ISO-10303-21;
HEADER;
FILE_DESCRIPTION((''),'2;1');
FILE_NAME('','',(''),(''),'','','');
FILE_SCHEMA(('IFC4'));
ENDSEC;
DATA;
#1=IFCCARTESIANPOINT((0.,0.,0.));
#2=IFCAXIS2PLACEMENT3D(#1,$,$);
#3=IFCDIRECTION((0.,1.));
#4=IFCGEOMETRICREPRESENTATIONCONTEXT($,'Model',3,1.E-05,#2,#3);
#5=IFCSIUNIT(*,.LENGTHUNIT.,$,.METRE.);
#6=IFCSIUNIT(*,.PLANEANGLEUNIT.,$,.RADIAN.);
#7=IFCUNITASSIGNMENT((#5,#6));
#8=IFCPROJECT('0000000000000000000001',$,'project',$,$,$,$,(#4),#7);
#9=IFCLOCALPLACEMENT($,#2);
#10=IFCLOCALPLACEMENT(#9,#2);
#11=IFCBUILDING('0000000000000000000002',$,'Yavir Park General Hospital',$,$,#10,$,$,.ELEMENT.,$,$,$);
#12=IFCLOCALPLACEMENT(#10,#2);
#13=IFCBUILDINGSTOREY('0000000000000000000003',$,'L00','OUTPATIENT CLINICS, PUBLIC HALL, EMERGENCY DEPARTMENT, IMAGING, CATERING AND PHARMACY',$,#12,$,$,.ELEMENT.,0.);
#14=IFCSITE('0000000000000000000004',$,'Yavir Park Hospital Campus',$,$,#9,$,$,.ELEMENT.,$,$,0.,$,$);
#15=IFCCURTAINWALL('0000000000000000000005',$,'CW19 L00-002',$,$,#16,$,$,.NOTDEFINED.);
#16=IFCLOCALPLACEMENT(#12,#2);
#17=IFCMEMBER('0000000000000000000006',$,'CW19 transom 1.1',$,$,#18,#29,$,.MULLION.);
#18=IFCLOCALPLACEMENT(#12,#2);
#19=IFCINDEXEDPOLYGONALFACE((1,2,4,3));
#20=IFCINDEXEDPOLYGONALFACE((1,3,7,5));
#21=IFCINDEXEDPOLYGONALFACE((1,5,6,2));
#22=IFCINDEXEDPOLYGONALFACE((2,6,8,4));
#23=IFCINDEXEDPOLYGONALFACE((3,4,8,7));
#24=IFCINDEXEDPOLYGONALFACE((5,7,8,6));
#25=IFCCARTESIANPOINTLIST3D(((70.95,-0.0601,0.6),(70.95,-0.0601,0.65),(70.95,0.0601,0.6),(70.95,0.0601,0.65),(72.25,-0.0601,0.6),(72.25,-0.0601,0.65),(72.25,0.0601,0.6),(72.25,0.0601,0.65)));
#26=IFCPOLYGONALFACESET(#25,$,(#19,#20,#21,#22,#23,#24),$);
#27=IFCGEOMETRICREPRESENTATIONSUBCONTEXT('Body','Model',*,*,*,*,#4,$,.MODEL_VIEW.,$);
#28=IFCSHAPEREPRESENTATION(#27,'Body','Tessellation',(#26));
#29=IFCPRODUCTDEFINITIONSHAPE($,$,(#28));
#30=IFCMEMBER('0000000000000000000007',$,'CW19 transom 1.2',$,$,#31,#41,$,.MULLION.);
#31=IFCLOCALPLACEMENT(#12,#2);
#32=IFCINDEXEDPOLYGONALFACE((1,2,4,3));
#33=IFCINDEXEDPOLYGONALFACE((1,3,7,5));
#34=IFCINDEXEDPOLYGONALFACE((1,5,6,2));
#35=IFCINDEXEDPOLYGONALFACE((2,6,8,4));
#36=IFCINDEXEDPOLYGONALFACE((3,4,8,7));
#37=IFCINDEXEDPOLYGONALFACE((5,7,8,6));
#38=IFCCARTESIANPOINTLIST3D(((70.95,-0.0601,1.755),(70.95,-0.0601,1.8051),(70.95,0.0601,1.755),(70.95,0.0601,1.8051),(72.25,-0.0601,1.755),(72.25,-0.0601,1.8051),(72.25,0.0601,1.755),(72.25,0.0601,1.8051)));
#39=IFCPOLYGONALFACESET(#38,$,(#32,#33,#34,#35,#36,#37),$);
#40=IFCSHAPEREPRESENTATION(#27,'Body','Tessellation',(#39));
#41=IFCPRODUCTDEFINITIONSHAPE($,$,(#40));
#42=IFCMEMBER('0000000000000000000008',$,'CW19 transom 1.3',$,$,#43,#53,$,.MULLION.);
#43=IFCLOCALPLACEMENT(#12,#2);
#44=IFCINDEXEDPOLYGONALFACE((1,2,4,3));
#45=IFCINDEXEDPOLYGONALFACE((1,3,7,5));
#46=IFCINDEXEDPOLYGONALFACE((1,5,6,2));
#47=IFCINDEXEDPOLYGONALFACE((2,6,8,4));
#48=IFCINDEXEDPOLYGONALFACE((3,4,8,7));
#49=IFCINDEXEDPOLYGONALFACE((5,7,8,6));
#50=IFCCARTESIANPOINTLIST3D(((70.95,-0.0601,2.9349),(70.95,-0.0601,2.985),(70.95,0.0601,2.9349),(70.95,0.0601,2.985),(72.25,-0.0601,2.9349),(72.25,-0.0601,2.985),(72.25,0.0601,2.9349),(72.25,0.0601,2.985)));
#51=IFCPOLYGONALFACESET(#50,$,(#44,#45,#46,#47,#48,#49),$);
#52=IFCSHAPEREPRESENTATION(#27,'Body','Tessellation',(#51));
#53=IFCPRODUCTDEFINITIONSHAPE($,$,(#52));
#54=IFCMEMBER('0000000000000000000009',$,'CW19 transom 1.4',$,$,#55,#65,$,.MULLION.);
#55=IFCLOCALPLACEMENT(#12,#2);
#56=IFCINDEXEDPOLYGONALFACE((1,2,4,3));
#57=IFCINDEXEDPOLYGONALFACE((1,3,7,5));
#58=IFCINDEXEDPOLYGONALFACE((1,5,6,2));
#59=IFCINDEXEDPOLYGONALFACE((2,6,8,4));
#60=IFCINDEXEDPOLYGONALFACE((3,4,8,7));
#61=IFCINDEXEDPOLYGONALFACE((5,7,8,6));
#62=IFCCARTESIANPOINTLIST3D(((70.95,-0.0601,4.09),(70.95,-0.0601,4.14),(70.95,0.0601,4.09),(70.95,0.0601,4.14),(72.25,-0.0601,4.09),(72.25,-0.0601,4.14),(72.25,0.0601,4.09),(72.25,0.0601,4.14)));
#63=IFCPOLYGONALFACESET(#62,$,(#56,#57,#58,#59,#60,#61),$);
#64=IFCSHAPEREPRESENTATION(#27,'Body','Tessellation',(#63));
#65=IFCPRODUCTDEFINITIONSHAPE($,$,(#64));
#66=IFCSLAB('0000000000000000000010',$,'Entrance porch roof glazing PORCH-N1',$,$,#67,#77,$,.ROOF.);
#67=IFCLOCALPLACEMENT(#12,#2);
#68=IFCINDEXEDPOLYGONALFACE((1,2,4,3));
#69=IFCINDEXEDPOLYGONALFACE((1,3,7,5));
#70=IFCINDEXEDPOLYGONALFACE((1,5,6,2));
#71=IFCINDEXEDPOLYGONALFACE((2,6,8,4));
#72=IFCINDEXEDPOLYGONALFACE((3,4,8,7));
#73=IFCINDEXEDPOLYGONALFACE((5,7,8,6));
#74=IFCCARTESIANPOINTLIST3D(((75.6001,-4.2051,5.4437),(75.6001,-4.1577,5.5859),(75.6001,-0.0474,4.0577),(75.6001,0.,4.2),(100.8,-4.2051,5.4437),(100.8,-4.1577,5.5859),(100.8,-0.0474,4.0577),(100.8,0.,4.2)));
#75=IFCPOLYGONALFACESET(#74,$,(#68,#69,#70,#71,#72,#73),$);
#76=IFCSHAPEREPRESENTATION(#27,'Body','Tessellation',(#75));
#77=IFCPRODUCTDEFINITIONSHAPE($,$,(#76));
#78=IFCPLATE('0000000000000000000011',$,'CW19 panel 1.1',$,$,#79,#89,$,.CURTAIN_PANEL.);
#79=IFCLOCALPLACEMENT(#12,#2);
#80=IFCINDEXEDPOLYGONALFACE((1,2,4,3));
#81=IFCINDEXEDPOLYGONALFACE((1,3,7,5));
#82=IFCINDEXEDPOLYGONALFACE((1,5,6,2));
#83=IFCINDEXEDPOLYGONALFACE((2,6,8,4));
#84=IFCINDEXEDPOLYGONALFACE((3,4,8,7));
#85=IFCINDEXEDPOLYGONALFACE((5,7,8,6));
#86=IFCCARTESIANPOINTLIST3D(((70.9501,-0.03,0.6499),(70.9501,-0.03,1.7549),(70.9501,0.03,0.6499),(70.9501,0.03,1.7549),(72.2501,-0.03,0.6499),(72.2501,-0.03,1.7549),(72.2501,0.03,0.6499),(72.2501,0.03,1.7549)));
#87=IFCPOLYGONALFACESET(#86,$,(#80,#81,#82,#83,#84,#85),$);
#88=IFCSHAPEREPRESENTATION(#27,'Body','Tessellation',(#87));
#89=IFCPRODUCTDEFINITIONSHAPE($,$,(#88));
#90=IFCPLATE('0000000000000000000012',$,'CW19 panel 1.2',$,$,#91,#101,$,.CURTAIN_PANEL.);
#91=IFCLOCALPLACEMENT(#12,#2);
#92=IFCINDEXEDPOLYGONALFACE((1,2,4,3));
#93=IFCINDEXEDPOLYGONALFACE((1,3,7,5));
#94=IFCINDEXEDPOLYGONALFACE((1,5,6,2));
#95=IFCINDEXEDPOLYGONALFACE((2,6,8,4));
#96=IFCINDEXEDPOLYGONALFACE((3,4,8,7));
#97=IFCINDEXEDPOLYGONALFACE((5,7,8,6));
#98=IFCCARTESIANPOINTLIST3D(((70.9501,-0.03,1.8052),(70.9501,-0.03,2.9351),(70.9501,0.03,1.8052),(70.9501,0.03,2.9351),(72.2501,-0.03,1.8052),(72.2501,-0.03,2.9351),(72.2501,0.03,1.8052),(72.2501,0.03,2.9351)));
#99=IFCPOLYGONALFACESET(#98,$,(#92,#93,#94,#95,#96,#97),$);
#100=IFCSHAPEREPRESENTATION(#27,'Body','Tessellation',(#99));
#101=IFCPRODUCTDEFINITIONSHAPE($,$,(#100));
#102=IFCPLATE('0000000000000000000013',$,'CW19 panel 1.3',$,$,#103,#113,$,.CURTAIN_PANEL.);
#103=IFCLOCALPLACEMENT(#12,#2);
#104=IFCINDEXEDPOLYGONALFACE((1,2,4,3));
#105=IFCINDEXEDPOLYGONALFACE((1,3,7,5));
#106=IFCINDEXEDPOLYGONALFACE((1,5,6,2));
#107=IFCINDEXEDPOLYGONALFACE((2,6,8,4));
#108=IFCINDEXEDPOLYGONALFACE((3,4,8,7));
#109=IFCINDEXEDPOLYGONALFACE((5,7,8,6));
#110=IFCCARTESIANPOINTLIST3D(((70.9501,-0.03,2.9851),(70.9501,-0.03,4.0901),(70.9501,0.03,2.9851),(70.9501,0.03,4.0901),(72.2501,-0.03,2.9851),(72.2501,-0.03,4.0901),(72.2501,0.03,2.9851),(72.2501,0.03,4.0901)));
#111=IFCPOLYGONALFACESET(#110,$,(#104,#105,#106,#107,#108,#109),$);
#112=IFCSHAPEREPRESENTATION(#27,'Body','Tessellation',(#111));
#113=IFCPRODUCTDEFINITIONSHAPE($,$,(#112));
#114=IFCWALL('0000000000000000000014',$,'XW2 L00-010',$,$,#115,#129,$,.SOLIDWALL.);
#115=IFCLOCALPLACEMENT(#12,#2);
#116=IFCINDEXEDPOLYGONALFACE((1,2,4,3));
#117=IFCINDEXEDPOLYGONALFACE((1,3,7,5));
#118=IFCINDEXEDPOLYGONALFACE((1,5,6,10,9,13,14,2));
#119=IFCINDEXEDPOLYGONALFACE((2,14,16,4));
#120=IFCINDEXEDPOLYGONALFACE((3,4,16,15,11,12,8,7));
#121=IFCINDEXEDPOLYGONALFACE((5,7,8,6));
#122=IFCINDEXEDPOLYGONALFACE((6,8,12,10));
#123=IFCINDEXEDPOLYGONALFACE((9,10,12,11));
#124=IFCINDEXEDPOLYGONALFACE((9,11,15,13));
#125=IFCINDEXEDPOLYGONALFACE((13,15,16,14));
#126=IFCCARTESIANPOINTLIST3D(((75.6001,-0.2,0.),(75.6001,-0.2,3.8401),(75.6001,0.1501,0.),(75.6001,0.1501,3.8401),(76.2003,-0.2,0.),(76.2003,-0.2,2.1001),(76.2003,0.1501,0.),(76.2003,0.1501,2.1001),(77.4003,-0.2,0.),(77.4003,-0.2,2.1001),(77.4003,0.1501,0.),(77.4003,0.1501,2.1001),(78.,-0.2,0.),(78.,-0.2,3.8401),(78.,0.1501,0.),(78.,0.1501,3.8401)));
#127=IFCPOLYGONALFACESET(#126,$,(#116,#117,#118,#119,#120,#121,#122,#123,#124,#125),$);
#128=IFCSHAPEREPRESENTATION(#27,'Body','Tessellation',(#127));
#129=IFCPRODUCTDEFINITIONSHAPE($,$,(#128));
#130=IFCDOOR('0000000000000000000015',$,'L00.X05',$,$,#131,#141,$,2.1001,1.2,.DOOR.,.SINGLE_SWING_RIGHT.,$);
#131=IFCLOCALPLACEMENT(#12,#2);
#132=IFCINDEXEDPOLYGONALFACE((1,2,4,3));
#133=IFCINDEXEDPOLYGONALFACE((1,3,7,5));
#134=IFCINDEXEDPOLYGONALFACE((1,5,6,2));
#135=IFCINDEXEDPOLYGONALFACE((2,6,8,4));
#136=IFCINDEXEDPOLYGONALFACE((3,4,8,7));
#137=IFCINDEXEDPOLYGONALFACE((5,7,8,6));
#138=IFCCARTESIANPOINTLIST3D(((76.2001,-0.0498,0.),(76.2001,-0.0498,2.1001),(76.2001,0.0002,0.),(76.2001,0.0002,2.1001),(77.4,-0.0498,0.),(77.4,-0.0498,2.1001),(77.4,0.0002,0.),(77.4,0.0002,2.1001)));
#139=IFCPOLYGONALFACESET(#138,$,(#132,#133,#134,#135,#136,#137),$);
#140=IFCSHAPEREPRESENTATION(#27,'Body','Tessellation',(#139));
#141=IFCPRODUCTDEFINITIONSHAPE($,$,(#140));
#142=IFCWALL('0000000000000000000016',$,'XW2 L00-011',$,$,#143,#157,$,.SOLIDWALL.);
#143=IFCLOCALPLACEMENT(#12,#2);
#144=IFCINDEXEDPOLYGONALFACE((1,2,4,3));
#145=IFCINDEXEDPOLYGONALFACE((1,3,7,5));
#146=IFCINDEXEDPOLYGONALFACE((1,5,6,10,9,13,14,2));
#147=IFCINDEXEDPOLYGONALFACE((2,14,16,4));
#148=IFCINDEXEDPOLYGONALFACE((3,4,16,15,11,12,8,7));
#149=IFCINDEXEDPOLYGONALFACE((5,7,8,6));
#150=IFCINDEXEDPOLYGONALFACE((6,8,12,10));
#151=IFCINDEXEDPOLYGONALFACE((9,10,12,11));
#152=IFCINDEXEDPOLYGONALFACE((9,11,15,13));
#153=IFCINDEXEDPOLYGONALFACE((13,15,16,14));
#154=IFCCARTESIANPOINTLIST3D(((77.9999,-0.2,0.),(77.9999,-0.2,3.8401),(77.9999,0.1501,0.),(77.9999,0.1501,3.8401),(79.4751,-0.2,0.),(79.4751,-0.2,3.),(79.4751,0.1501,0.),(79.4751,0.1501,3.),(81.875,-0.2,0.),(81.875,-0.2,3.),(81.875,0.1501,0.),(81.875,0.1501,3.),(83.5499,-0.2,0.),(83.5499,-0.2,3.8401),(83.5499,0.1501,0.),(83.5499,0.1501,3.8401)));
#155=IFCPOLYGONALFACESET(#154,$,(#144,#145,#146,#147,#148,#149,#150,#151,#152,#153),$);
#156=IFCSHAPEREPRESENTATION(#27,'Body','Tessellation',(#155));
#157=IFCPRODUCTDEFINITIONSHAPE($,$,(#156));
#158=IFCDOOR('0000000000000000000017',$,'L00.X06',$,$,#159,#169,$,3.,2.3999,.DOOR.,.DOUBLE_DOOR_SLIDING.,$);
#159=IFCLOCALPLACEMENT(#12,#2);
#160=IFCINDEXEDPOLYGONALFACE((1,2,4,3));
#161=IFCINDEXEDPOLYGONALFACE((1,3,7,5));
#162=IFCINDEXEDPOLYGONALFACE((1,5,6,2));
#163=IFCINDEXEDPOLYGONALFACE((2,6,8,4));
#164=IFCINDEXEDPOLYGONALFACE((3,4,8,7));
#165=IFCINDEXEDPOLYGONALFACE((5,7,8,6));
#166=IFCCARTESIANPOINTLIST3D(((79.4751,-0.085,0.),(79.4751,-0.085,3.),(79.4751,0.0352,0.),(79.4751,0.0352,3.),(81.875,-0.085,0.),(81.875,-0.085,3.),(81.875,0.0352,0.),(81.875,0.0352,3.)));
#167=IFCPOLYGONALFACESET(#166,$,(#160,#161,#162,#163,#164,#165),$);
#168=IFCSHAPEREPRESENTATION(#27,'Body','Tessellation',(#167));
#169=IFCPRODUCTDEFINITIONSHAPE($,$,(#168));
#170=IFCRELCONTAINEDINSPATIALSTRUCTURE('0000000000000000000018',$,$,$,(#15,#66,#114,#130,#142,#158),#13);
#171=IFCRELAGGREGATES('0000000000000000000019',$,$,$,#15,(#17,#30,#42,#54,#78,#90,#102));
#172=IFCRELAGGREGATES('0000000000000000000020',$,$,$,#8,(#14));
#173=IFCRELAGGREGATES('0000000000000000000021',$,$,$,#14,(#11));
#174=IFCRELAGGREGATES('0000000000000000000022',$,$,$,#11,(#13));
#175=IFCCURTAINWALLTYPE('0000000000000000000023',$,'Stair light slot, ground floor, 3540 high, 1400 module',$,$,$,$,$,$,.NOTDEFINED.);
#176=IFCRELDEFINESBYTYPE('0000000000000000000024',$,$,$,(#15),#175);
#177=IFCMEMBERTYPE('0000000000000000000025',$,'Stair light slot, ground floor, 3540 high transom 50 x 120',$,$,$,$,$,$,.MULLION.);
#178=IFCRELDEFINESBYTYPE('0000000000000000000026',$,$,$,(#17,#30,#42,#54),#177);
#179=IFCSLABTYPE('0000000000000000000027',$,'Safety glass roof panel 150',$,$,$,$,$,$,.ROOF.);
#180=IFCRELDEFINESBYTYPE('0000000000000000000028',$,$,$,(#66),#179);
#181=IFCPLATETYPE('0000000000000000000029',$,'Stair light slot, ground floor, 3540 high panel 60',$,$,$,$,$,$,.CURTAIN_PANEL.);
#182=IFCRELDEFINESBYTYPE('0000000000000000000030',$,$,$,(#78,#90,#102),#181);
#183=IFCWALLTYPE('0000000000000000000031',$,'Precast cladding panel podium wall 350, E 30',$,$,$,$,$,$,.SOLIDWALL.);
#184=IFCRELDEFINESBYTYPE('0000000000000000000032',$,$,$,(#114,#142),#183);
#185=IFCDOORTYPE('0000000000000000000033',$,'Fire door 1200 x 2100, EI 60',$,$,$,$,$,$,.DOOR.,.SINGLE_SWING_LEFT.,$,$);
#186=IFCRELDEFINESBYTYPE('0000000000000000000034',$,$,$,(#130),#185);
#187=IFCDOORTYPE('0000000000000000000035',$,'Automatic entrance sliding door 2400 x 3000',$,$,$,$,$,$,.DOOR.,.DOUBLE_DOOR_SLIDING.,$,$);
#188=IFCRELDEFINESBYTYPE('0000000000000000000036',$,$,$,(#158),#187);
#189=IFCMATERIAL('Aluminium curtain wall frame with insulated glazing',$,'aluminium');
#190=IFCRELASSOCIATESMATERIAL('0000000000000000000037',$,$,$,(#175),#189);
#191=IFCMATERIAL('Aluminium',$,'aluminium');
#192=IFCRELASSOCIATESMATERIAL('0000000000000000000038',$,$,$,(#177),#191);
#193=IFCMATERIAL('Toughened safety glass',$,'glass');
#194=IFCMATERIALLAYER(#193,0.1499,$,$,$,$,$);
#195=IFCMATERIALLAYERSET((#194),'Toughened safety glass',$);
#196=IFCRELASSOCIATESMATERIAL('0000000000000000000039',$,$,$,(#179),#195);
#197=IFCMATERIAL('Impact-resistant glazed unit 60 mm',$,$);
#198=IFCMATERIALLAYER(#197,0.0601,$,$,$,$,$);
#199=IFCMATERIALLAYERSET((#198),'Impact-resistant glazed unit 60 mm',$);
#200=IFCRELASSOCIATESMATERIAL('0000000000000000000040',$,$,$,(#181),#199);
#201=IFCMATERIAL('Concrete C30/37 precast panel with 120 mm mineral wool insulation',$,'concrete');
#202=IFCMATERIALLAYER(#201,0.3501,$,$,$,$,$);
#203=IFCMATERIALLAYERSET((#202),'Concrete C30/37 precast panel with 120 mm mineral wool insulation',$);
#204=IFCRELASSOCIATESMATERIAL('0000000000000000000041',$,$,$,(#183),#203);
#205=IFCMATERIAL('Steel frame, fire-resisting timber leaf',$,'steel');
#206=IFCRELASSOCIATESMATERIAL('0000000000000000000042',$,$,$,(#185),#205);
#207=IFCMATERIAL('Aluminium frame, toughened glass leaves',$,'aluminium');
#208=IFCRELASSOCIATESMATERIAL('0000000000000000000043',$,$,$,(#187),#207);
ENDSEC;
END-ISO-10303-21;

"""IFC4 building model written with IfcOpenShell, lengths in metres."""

from ifc_helpers import new_model, si_unit, direction, frame, frame_2d, origin, origin_2d, place, context, subcontext, project, spatial, polyline, rectangle, outline, extrude, material, layer, layer_set, material_profile, profile_set, type_object, element, fill, aggregate, save


model = new_model("IFC4")

# Units and contexts
model_context = context("Model", 3, precision=1e-05, world=origin(), true_north=direction((0.0, 1.0)))
body_context = subcontext(model_context, "Body", "Model", "MODEL_VIEW")
ifc_project = project(units=[si_unit("LENGTHUNIT", "METRE"), si_unit("PLANEANGLEUNIT", "RADIAN")], contexts=[model_context])

# Site, building, storey
site_placement = place(None, origin())
site = spatial("IfcSite", under=ifc_project, at=site_placement, Name="Yavir Park Hospital Campus", CompositionType="ELEMENT", RefElevation=0.0)
building_placement = place(site_placement, origin())
building = spatial("IfcBuilding", under=site, at=building_placement, Name="Yavir Park General Hospital", CompositionType="ELEMENT")
storey_placement = place(building_placement, origin())
storey = spatial("IfcBuildingStorey", under=building, at=storey_placement, Name="L00", Description="OUTPATIENT CLINICS, PUBLIC HALL, EMERGENCY DEPARTMENT, IMAGING, CATERING AND PHARMACY", CompositionType="ELEMENT", Elevation=0.0)

# Curtain wall, members
ifc_material_1 = material(Name="Aluminium curtain wall frame with insulated glazing", Category="aluminium")
curtain_wall_type = type_object("IfcCurtainWallType", Name="Stair light slot, ground floor, 3540 high, 1400 module", PredefinedType="NOTDEFINED", material=ifc_material_1)
curtain_wall_placement = place(storey_placement, origin())
curtain_wall = element("IfcCurtainWall", 1, at=curtain_wall_placement, inside=storey, type_object=curtain_wall_type, Name="CW19 L00-002", PredefinedType="NOTDEFINED")
ifc_material_2 = material(Name="Aluminium", Category="aluminium")
ifc_material_profile_1 = material_profile(ifc_material_2, rectangle(XDim=0.1201, YDim=0.05, at=origin_2d()), Name="AL 120x50")
ifc_profile_set_1 = profile_set([ifc_material_profile_1], Name="Aluminium")
member_type_1 = type_object("IfcMemberType", Name="Stair light slot, ground floor, 3540 high transom 50 x 120", PredefinedType="MULLION", material=ifc_profile_set_1)
member_1_placement = place(storey_placement, frame((70.95, 0.0, 0.625), z_axis=(1.0, 0.0, 0.0), x_axis=(0.0, 1.0, 0.0)))
member_1 = element("IfcMember", 2, at=member_1_placement, type_object=member_type_1, Name="CW19 transom 1.1", PredefinedType="MULLION", context=body_context, shape_type="SweptSolid", body=[
    extrude(rectangle(XDim=0.1201, YDim=0.05, at=origin_2d()), origin(), (0.0, 0.0, 1.0), 1.3),
])
member_2_placement = place(storey_placement, frame((70.95, 0.0, 1.78), z_axis=(1.0, 0.0, 0.0), x_axis=(0.0, 1.0, 0.0)))
member_2 = element("IfcMember", 3, at=member_2_placement, type_object=member_type_1, Name="CW19 transom 1.2", PredefinedType="MULLION", context=body_context, shape_type="SweptSolid", body=[
    extrude(rectangle(XDim=0.1201, YDim=0.05, at=origin_2d()), origin(), (0.0, 0.0, 1.0), 1.3),
])
member_3_placement = place(storey_placement, frame((70.95, 0.0, 2.96), z_axis=(1.0, 0.0, 0.0), x_axis=(0.0, 1.0, 0.0)))
member_3 = element("IfcMember", 4, at=member_3_placement, type_object=member_type_1, Name="CW19 transom 1.3", PredefinedType="MULLION", context=body_context, shape_type="SweptSolid", body=[
    extrude(rectangle(XDim=0.1201, YDim=0.05, at=origin_2d()), origin(), (0.0, 0.0, 1.0), 1.3),
])
member_4_placement = place(storey_placement, frame((70.95, 0.0, 4.115), z_axis=(1.0, 0.0, 0.0), x_axis=(0.0, 1.0, 0.0)))
member_4 = element("IfcMember", 5, at=member_4_placement, type_object=member_type_1, Name="CW19 transom 1.4", PredefinedType="MULLION", context=body_context, shape_type="SweptSolid", body=[
    extrude(rectangle(XDim=0.1201, YDim=0.05, at=origin_2d()), origin(), (0.0, 0.0, 1.0), 1.3),
])

# Slab
ifc_material_3 = material(Name="Toughened safety glass", Category="glass")
ifc_layer_1 = layer(ifc_material_3, 0.1499)
ifc_layer_set_1 = layer_set([ifc_layer_1], Name="Toughened safety glass")
slab_type = type_object("IfcSlabType", Name="Safety glass roof panel 150", PredefinedType="ROOF", material=ifc_layer_set_1)
slab_placement = place(storey_placement, frame((75.6001, -4.1577, 5.5859), z_axis=(0.0, 0.316244, 0.948678), x_axis=(1.0, 0.0, 0.0)))
element("IfcSlab", 6, at=slab_placement, inside=storey, type_object=slab_type, Name="Entrance porch roof glazing PORCH-N1", PredefinedType="ROOF", context=body_context, shape_type="SweptSolid", body=[
    extrude(outline(polyline([(0.0, 0.0), (25.2, 0.0), (25.2, 4.3826), (0.0, 4.3826), (0.0, 0.0)])), origin(), (0.0, 0.0, -1.0), 0.1499),
])

# Plates
ifc_material_4 = material(Name="Impact-resistant glazed unit 60 mm")
ifc_layer_2 = layer(ifc_material_4, 0.0601)
ifc_layer_set_2 = layer_set([ifc_layer_2], Name="Impact-resistant glazed unit 60 mm")
plate_type = type_object("IfcPlateType", Name="Stair light slot, ground floor, 3540 high panel 60", PredefinedType="CURTAIN_PANEL", material=ifc_layer_set_2)
plate_1_placement = place(storey_placement, frame((71.6001, 0.0, 0.6499), z_axis=(0.0, 0.0, 1.0), x_axis=(1.0, 0.0, 0.0)))
plate_1 = element("IfcPlate", 7, at=plate_1_placement, type_object=plate_type, Name="CW19 panel 1.1", PredefinedType="CURTAIN_PANEL", context=body_context, shape_type="SweptSolid", body=[
    extrude(rectangle(XDim=1.3, YDim=0.0601, at=origin_2d()), origin(), (0.0, 0.0, 1.0), 1.105),
])
plate_2_placement = place(storey_placement, frame((71.6001, 0.0, 1.8052), z_axis=(0.0, 0.0, 1.0), x_axis=(1.0, 0.0, 0.0)))
plate_2 = element("IfcPlate", 8, at=plate_2_placement, type_object=plate_type, Name="CW19 panel 1.2", PredefinedType="CURTAIN_PANEL", context=body_context, shape_type="SweptSolid", body=[
    extrude(rectangle(XDim=1.3, YDim=0.0601, at=origin_2d()), origin(), (0.0, 0.0, 1.0), 1.1299),
])
plate_3_placement = place(storey_placement, frame((71.6001, 0.0, 2.9851), z_axis=(0.0, 0.0, 1.0), x_axis=(1.0, 0.0, 0.0)))
plate_3 = element("IfcPlate", 9, at=plate_3_placement, type_object=plate_type, Name="CW19 panel 1.3", PredefinedType="CURTAIN_PANEL", context=body_context, shape_type="SweptSolid", body=[
    extrude(rectangle(XDim=1.3, YDim=0.0601, at=origin_2d()), origin(), (0.0, 0.0, 1.0), 1.105),
])
aggregate(curtain_wall, [member_1, member_2, member_3, member_4, plate_1, plate_2, plate_3])

# Walls, openings, doors
ifc_material_5 = material(Name="Concrete C30/37 precast panel with 120 mm mineral wool insulation", Category="concrete")
ifc_layer_3 = layer(ifc_material_5, 0.3501)
ifc_layer_set_3 = layer_set([ifc_layer_3], Name="Concrete C30/37 precast panel with 120 mm mineral wool insulation")
wall_type_1 = type_object("IfcWallType", Name="Precast cladding panel podium wall 350, E 30", PredefinedType="SOLIDWALL", material=ifc_layer_set_3)
wall_1_placement = place(storey_placement, frame((75.6001, -0.0249, 0.0), z_axis=(0.0, 0.0, 1.0), x_axis=(1.0, 0.0, 0.0)))
wall_1 = element("IfcWall", 10, at=wall_1_placement, inside=storey, type_object=wall_type_1, Name="XW2 L00-010", PredefinedType="SOLIDWALL", context=body_context, shape_type="SweptSolid", body=[
    extrude(rectangle(XDim=2.3999, YDim=0.3501, at=frame_2d((1.2, 0.0))), origin(), (0.0, 0.0, 1.0), 3.8401),
])
opening_1_placement = place(wall_1_placement, frame((0.6001, 0.0, 0.0)))
opening_1 = element("IfcOpeningElement", 11, at=opening_1_placement, cuts=wall_1, PredefinedType="OPENING", context=body_context, shape_type="SweptSolid", body=[
    extrude(rectangle(XDim=1.2, YDim=2.1001, at=frame_2d((0.6001, 1.05))), frame((0.0, 0.1851, 0.0), z_axis=(0.0, -1.0, 0.0), x_axis=(1.0, 0.0, 0.0)), (0.0, 0.0, 1.0), 0.3701),
])
ifc_material_6 = material(Name="Steel frame, fire-resisting timber leaf", Category="steel")
door_type_1 = type_object("IfcDoorType", Name="Fire door 1200 x 2100, EI 60", OperationType="SINGLE_SWING_LEFT", PredefinedType="DOOR", material=ifc_material_6)
door_1_placement = place(opening_1_placement, frame((1.2, 0.0, 0.0), x_axis=(-1.0, 0.0, 0.0)))
door_1 = element("IfcDoor", 12, at=door_1_placement, inside=storey, type_object=door_type_1, Name="L00.X05", OperationType="SINGLE_SWING_RIGHT", OverallHeight=2.1001, OverallWidth=1.2, PredefinedType="DOOR", context=body_context, shape_type="SweptSolid", body=[
    extrude(rectangle(XDim=1.2, YDim=2.1001, at=frame_2d((0.6001, 1.05))), frame((0.0, 0.0249, 0.0), z_axis=(0.0, -1.0, 0.0), x_axis=(1.0, 0.0, 0.0)), (0.0, 0.0, 1.0), 0.05),
])
fill(opening_1, door_1)
wall_2_placement = place(storey_placement, frame((78.0, -0.0249, 0.0), z_axis=(0.0, 0.0, 1.0), x_axis=(1.0, 0.0, 0.0)))
wall_2 = element("IfcWall", 13, at=wall_2_placement, inside=storey, type_object=wall_type_1, Name="XW2 L00-011", PredefinedType="SOLIDWALL", context=body_context, shape_type="SweptSolid", body=[
    extrude(rectangle(XDim=5.55, YDim=0.3501, at=frame_2d((2.7749, 0.0))), origin(), (0.0, 0.0, 1.0), 3.8401),
])
opening_2_placement = place(wall_2_placement, frame((1.4751, 0.0, 0.0)))
opening_2 = element("IfcOpeningElement", 14, at=opening_2_placement, cuts=wall_2, PredefinedType="OPENING", context=body_context, shape_type="SweptSolid", body=[
    extrude(rectangle(XDim=2.3999, YDim=3.0, at=frame_2d((1.2, 1.5))), frame((0.0, 0.1851, 0.0), z_axis=(0.0, -1.0, 0.0), x_axis=(1.0, 0.0, 0.0)), (0.0, 0.0, 1.0), 0.3701),
])
ifc_material_7 = material(Name="Aluminium frame, toughened glass leaves", Category="aluminium")
door_type_2 = type_object("IfcDoorType", Name="Automatic entrance sliding door 2400 x 3000", OperationType="DOUBLE_DOOR_SLIDING", PredefinedType="DOOR", material=ifc_material_7)
door_2_placement = place(opening_2_placement, frame((2.3999, 0.0, 0.0), x_axis=(-1.0, 0.0, 0.0)))
door_2 = element("IfcDoor", 15, at=door_2_placement, inside=storey, type_object=door_type_2, Name="L00.X06", OperationType="DOUBLE_DOOR_SLIDING", OverallHeight=3.0, OverallWidth=2.3999, PredefinedType="DOOR", context=body_context, shape_type="SweptSolid", body=[
    extrude(rectangle(XDim=2.3999, YDim=3.0, at=frame_2d((1.2, 1.5))), frame((0.0, 0.0601, 0.0), z_axis=(0.0, -1.0, 0.0), x_axis=(1.0, 0.0, 0.0)), (0.0, 0.0, 1.0), 0.1201),
])
fill(opening_2, door_2)

save(model, "model.ifc")
